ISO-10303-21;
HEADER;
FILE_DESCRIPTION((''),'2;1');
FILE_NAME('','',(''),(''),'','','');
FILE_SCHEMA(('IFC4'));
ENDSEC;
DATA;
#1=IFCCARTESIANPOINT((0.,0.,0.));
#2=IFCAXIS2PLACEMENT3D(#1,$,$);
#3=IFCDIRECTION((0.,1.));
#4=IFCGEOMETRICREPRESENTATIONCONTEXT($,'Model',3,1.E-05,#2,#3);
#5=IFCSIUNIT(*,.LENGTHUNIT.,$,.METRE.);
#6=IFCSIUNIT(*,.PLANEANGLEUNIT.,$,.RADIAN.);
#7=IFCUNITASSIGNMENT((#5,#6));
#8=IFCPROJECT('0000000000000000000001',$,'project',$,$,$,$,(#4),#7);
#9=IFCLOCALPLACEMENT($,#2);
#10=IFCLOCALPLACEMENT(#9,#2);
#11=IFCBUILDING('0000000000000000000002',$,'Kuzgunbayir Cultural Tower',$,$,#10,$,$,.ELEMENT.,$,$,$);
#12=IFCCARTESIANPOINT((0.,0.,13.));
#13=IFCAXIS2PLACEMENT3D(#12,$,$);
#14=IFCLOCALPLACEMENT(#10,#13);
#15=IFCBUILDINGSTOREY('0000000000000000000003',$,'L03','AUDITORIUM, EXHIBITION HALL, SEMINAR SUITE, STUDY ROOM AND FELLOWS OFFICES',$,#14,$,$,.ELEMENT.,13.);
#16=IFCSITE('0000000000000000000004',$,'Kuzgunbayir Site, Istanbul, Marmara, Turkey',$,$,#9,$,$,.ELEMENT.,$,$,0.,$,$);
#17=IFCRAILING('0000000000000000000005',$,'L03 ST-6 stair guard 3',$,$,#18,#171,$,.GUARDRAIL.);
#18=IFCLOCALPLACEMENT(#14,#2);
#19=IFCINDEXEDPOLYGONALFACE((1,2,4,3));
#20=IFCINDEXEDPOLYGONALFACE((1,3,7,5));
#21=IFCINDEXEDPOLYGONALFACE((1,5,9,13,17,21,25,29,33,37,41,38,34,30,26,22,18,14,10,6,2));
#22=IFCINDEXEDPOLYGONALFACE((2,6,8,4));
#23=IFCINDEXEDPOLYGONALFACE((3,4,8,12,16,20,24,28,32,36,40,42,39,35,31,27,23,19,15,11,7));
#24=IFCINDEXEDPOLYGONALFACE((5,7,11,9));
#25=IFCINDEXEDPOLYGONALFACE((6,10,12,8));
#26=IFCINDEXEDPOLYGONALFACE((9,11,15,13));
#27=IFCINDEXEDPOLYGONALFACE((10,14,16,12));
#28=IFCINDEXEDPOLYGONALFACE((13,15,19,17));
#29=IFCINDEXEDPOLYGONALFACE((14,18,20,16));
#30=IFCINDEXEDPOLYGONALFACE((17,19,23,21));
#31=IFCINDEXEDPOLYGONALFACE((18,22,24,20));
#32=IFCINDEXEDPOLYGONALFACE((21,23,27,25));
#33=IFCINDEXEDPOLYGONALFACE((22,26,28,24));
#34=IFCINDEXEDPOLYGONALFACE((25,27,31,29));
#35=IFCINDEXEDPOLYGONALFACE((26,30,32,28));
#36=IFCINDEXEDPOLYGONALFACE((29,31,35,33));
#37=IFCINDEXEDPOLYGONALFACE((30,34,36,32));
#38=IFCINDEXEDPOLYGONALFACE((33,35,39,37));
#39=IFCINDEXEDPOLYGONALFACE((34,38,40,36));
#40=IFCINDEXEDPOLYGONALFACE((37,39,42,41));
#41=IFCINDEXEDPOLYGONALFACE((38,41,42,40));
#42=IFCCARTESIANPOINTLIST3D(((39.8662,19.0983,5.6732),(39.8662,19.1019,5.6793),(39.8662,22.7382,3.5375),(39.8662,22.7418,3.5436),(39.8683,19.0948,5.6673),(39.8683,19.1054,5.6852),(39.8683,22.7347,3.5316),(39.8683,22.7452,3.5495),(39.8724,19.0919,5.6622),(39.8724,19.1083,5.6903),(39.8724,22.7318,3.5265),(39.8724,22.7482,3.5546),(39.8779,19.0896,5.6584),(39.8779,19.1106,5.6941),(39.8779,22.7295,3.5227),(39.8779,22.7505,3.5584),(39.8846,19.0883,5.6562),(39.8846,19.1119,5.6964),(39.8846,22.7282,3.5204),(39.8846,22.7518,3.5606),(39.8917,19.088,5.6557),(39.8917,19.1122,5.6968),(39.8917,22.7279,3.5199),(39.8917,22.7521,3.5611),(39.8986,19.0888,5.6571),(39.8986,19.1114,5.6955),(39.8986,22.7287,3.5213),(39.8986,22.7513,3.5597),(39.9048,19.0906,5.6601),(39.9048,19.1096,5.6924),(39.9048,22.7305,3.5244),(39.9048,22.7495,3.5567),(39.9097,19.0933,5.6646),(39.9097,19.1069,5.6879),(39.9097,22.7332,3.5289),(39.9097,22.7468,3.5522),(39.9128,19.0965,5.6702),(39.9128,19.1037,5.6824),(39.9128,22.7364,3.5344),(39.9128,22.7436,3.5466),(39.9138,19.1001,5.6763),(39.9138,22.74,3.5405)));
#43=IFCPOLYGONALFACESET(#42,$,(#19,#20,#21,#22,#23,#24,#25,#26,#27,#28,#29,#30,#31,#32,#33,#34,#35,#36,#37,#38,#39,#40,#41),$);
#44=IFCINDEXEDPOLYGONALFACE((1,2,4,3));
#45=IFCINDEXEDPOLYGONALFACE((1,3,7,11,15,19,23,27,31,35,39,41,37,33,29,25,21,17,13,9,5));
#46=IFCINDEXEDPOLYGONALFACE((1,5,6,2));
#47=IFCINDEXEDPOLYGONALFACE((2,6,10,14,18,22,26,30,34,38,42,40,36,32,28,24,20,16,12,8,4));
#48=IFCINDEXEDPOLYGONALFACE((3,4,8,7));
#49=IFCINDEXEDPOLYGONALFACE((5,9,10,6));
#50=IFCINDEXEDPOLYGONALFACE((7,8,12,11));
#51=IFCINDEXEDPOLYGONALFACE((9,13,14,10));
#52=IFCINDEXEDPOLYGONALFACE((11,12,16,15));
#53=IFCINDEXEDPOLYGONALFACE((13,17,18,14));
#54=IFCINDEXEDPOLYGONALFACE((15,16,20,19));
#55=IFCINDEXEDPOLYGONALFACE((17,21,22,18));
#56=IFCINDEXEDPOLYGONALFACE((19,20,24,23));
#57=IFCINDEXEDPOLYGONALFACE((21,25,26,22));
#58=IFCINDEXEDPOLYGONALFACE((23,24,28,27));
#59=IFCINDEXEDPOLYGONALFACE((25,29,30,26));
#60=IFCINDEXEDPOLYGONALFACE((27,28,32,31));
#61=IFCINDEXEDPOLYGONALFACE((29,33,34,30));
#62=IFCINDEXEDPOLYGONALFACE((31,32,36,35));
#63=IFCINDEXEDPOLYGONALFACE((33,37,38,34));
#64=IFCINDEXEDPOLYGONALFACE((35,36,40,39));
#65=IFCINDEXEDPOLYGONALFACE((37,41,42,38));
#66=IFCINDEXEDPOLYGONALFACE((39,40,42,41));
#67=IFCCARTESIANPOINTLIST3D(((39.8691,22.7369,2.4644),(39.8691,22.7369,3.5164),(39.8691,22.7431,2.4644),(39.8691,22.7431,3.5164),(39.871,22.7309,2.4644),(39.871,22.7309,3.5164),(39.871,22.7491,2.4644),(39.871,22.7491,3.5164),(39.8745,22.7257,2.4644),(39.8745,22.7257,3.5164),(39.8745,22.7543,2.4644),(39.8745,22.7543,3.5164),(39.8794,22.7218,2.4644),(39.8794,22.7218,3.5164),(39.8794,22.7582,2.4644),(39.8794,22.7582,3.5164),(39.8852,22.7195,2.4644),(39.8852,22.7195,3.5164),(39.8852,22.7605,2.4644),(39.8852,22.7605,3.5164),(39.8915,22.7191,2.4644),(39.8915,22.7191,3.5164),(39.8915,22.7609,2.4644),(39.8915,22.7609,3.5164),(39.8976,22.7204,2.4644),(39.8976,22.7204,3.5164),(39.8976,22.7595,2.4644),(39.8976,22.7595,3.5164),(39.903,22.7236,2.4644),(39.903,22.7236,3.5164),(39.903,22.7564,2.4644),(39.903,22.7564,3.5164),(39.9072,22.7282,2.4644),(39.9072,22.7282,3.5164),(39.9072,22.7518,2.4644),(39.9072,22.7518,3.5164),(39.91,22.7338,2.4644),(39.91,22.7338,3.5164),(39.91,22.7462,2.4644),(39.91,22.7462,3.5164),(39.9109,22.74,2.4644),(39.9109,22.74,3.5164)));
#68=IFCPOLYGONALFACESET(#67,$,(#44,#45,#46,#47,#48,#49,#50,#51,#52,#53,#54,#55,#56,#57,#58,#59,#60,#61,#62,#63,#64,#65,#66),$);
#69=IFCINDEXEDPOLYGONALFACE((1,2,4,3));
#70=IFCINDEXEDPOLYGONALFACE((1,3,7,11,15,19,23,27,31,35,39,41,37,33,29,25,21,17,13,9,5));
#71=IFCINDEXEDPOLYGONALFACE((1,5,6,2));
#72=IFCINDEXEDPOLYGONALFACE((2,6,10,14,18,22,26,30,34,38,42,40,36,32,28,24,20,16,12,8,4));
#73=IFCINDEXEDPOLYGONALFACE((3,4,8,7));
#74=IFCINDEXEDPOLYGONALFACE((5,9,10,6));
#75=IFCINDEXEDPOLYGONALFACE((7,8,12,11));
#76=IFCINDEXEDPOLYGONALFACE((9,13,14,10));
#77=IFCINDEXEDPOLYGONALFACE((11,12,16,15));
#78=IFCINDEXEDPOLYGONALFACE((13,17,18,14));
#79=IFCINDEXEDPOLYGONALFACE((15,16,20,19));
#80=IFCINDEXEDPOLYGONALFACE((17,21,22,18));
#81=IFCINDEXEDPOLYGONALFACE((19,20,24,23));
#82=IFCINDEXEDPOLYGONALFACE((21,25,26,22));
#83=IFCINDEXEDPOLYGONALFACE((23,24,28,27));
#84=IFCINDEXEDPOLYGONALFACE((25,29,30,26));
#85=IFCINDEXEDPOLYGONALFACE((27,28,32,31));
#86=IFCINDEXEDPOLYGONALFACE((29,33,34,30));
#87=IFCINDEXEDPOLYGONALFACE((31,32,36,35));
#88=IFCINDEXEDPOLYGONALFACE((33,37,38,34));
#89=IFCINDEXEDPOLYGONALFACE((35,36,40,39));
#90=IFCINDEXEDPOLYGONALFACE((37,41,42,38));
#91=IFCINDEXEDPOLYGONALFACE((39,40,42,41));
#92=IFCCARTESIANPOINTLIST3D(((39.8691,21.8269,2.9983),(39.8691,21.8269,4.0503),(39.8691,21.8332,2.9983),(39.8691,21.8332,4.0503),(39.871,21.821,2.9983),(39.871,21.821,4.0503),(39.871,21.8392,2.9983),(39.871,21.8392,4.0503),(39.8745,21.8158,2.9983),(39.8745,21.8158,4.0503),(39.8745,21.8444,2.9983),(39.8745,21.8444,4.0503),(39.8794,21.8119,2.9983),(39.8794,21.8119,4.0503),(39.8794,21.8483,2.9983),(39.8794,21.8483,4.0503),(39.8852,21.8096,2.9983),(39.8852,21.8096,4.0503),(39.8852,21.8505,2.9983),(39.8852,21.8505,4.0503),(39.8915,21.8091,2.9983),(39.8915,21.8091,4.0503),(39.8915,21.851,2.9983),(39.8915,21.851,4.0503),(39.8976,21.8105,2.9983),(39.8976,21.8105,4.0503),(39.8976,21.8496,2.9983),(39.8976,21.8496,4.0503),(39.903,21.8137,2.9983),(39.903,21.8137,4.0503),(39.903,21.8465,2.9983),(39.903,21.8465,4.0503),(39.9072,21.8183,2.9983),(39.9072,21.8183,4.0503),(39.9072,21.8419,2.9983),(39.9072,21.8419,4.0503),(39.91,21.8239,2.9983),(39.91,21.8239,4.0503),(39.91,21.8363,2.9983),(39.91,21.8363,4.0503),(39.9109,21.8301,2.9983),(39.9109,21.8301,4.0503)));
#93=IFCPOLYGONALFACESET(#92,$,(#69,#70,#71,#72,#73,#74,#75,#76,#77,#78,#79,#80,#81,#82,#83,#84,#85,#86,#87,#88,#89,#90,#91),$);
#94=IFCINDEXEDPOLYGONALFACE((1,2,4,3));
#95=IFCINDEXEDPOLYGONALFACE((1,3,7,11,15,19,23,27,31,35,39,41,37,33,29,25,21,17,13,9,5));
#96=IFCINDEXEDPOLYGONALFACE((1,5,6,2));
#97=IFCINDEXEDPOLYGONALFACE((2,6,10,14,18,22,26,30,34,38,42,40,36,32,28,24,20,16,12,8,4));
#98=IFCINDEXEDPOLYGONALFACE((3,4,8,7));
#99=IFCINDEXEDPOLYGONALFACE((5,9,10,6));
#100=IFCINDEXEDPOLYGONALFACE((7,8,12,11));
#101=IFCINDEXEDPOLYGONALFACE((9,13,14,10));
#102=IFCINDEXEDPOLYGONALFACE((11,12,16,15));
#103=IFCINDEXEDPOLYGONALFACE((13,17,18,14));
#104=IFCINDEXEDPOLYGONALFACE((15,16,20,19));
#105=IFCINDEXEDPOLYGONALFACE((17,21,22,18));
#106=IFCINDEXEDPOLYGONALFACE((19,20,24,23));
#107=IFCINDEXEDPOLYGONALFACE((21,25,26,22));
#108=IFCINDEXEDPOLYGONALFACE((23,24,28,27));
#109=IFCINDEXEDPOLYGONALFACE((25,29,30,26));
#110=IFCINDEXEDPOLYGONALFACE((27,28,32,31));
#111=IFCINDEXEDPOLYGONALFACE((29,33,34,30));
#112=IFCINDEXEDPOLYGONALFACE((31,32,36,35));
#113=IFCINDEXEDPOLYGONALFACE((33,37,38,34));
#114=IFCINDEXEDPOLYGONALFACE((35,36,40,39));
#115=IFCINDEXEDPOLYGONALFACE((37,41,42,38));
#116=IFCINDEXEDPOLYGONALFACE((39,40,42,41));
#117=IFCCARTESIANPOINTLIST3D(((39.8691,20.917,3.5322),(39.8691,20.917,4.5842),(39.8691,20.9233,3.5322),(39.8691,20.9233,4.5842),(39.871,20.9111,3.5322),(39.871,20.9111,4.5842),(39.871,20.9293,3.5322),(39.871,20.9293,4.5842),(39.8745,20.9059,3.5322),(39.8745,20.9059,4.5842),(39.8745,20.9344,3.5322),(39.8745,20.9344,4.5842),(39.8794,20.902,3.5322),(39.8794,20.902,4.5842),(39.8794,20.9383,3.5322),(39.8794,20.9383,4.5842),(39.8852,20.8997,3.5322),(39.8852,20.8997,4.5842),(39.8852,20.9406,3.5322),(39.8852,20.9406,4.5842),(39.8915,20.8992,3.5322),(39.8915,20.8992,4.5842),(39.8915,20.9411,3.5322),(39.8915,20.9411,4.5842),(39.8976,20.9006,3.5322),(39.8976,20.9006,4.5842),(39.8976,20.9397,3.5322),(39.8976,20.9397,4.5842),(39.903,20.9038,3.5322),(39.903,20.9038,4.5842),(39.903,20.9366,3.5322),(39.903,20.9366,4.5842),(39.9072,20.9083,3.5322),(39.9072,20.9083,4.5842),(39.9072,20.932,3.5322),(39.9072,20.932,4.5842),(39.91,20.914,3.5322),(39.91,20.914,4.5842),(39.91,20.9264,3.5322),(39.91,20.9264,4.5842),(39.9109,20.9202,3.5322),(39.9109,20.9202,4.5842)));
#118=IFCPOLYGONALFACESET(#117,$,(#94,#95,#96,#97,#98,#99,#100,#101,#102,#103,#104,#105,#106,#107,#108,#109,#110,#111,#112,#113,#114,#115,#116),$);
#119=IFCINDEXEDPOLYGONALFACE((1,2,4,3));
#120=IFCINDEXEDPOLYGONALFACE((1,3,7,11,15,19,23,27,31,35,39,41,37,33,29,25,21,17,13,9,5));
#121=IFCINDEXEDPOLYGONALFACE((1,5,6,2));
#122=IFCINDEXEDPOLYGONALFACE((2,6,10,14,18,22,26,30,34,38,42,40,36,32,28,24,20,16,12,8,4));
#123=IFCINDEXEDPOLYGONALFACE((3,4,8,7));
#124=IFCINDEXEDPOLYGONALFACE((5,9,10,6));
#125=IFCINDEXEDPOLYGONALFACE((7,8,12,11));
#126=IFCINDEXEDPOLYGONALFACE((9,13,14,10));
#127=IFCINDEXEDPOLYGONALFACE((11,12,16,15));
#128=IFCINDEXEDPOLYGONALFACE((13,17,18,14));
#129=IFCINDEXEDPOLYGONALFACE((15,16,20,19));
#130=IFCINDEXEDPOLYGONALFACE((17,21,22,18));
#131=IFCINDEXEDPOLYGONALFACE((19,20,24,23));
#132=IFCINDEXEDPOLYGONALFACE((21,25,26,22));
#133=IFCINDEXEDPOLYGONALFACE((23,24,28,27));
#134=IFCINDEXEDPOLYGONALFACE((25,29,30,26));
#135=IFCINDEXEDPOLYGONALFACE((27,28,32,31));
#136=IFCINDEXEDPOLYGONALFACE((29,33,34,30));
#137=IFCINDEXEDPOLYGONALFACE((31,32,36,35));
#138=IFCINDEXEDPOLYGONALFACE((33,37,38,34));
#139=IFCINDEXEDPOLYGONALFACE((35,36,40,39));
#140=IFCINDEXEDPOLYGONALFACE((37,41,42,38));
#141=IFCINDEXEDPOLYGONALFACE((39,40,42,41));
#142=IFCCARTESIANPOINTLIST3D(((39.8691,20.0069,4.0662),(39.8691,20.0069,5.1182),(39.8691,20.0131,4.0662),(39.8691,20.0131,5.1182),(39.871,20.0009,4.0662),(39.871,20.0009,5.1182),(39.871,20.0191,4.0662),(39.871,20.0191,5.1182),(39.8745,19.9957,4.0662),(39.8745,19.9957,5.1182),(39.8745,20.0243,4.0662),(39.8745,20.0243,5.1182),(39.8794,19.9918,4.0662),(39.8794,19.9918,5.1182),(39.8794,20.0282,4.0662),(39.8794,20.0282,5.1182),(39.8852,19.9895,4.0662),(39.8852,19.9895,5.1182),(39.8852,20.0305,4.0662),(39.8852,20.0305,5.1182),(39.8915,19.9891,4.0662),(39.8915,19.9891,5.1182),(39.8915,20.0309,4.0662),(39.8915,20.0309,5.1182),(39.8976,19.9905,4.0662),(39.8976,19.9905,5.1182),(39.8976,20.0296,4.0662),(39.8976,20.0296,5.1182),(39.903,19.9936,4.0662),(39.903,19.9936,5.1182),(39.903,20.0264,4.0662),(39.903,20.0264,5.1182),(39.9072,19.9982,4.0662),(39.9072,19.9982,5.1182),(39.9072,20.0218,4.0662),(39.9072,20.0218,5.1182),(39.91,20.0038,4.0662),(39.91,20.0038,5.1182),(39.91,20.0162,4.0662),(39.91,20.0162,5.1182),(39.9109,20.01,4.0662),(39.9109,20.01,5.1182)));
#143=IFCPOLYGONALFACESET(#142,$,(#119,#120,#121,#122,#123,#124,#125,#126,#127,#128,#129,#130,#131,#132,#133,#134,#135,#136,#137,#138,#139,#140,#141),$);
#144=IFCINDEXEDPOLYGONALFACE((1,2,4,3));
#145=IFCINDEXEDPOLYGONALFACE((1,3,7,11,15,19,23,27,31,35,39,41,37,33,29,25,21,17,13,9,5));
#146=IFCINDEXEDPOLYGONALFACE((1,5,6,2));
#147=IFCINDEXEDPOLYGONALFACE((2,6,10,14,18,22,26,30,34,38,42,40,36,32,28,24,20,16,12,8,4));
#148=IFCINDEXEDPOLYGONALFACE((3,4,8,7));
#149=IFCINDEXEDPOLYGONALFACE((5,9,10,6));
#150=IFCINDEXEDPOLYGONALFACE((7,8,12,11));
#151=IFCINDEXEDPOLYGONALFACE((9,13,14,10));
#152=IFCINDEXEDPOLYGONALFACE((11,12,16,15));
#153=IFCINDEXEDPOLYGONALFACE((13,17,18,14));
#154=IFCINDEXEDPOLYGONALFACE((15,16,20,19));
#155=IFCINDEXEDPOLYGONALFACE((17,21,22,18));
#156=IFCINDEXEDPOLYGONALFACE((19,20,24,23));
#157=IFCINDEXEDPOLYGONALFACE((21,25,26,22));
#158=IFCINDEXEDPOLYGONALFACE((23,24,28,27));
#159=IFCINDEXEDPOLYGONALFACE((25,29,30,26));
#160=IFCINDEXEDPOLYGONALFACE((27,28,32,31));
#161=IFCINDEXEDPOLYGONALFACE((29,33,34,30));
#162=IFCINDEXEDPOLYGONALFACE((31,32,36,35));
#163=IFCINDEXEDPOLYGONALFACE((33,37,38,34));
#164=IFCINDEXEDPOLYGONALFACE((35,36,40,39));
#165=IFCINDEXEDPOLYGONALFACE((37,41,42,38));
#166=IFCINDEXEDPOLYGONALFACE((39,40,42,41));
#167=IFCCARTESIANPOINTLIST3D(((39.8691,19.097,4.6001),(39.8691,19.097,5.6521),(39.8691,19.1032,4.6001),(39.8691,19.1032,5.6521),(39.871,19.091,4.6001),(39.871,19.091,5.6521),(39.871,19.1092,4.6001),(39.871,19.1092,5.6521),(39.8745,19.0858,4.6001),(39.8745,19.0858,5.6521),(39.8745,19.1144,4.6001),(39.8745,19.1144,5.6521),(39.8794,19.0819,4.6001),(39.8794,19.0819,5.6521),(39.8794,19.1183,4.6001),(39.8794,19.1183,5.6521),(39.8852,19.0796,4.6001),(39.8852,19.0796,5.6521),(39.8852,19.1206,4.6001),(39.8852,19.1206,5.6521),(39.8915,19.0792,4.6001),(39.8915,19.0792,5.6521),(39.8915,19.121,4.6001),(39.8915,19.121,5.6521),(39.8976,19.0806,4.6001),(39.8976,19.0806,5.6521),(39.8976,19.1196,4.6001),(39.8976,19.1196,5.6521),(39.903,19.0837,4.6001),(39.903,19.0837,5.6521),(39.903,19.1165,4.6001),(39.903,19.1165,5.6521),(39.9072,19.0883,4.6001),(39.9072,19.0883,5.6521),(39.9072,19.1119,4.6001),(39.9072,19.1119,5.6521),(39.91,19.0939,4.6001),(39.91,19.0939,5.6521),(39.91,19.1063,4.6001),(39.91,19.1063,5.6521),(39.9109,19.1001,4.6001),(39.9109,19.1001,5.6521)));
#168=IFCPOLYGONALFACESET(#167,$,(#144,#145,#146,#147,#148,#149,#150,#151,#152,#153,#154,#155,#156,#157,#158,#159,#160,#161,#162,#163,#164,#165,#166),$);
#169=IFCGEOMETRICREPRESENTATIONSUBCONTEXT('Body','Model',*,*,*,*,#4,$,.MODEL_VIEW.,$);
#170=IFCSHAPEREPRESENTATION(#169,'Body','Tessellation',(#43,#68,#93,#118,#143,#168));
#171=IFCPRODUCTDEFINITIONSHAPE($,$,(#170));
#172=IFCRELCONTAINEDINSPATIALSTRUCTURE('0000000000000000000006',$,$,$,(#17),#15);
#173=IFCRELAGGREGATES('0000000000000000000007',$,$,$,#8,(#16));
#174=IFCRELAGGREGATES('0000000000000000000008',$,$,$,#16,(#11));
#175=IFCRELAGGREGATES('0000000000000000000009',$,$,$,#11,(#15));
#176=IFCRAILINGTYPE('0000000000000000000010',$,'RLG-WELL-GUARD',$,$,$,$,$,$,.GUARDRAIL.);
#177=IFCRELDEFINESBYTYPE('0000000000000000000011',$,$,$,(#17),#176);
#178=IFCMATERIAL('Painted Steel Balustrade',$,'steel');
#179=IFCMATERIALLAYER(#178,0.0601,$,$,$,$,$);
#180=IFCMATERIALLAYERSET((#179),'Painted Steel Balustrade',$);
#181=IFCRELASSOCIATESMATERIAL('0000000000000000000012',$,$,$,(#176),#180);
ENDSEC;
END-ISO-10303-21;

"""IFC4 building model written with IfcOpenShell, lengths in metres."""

from ifc_helpers import new_model, si_unit, direction, frame, origin, origin_2d, place, context, subcontext, project, spatial, circle, extrude, material, layer, layer_set, type_object, element, save


model = new_model("IFC4")

# Units and contexts
model_context = context("Model", 3, precision=1e-05, world=origin(), true_north=direction((0.0, 1.0)))
body_context = subcontext(model_context, "Body", "Model", "MODEL_VIEW")
ifc_project = project(units=[si_unit("LENGTHUNIT", "METRE"), si_unit("PLANEANGLEUNIT", "RADIAN")], contexts=[model_context])

# Site, building, storey
site_placement = place(None, origin())
site = spatial("IfcSite", under=ifc_project, at=site_placement, Name="Kuzgunbayir Site, Istanbul, Marmara, Turkey", CompositionType="ELEMENT", RefElevation=0.0)
building_placement = place(site_placement, origin())
building = spatial("IfcBuilding", under=site, at=building_placement, Name="Kuzgunbayir Cultural Tower", CompositionType="ELEMENT")
storey_placement = place(building_placement, frame((0.0, 0.0, 13.0)))
storey = spatial("IfcBuildingStorey", under=building, at=storey_placement, Name="L03", Description="AUDITORIUM, EXHIBITION HALL, SEMINAR SUITE, STUDY ROOM AND FELLOWS OFFICES", CompositionType="ELEMENT", Elevation=13.0)

# Railing
ifc_material_1 = material(Name="Painted Steel Balustrade", Category="steel")
ifc_layer_1 = layer(ifc_material_1, 0.0601)
ifc_layer_set_1 = layer_set([ifc_layer_1], Name="Painted Steel Balustrade")
railing_type_1 = type_object("IfcRailingType", Name="RLG-WELL-GUARD", PredefinedType="GUARDRAIL", material=ifc_layer_set_1)
railing_1_placement = place(storey_placement, frame((39.8899, 22.74, 2.4644)))
element("IfcRailing", 1, at=railing_1_placement, inside=storey, type_object=railing_type_1, Name="L03 ST-6 stair guard 3", PredefinedType="GUARDRAIL", context=body_context, shape_type="SweptSolid", body=[
    extrude(circle(Radius=0.0239, at=origin_2d()), frame((0.0, 0.0, 1.0762), z_axis=(0.0, -0.86249, 0.506074), x_axis=(1.0, 0.0, 0.0)), (0.0, 0.0, 1.0), 4.2202),
    extrude(circle(Radius=0.021, at=origin_2d()), origin(), (0.0, 0.0, 1.0), 1.052),
    extrude(circle(Radius=0.021, at=origin_2d()), frame((0.0, -0.9099, 0.5339)), (0.0, 0.0, 1.0), 1.052),
    extrude(circle(Radius=0.021, at=origin_2d()), frame((0.0, -1.8198, 1.0679)), (0.0, 0.0, 1.0), 1.052),
    extrude(circle(Radius=0.021, at=origin_2d()), frame((0.0, -2.73, 1.6018)), (0.0, 0.0, 1.0), 1.052),
    extrude(circle(Radius=0.021, at=origin_2d()), frame((0.0, -3.6399, 2.1357)), (0.0, 0.0, 1.0), 1.052),
])

save(model, "model.ifc")
